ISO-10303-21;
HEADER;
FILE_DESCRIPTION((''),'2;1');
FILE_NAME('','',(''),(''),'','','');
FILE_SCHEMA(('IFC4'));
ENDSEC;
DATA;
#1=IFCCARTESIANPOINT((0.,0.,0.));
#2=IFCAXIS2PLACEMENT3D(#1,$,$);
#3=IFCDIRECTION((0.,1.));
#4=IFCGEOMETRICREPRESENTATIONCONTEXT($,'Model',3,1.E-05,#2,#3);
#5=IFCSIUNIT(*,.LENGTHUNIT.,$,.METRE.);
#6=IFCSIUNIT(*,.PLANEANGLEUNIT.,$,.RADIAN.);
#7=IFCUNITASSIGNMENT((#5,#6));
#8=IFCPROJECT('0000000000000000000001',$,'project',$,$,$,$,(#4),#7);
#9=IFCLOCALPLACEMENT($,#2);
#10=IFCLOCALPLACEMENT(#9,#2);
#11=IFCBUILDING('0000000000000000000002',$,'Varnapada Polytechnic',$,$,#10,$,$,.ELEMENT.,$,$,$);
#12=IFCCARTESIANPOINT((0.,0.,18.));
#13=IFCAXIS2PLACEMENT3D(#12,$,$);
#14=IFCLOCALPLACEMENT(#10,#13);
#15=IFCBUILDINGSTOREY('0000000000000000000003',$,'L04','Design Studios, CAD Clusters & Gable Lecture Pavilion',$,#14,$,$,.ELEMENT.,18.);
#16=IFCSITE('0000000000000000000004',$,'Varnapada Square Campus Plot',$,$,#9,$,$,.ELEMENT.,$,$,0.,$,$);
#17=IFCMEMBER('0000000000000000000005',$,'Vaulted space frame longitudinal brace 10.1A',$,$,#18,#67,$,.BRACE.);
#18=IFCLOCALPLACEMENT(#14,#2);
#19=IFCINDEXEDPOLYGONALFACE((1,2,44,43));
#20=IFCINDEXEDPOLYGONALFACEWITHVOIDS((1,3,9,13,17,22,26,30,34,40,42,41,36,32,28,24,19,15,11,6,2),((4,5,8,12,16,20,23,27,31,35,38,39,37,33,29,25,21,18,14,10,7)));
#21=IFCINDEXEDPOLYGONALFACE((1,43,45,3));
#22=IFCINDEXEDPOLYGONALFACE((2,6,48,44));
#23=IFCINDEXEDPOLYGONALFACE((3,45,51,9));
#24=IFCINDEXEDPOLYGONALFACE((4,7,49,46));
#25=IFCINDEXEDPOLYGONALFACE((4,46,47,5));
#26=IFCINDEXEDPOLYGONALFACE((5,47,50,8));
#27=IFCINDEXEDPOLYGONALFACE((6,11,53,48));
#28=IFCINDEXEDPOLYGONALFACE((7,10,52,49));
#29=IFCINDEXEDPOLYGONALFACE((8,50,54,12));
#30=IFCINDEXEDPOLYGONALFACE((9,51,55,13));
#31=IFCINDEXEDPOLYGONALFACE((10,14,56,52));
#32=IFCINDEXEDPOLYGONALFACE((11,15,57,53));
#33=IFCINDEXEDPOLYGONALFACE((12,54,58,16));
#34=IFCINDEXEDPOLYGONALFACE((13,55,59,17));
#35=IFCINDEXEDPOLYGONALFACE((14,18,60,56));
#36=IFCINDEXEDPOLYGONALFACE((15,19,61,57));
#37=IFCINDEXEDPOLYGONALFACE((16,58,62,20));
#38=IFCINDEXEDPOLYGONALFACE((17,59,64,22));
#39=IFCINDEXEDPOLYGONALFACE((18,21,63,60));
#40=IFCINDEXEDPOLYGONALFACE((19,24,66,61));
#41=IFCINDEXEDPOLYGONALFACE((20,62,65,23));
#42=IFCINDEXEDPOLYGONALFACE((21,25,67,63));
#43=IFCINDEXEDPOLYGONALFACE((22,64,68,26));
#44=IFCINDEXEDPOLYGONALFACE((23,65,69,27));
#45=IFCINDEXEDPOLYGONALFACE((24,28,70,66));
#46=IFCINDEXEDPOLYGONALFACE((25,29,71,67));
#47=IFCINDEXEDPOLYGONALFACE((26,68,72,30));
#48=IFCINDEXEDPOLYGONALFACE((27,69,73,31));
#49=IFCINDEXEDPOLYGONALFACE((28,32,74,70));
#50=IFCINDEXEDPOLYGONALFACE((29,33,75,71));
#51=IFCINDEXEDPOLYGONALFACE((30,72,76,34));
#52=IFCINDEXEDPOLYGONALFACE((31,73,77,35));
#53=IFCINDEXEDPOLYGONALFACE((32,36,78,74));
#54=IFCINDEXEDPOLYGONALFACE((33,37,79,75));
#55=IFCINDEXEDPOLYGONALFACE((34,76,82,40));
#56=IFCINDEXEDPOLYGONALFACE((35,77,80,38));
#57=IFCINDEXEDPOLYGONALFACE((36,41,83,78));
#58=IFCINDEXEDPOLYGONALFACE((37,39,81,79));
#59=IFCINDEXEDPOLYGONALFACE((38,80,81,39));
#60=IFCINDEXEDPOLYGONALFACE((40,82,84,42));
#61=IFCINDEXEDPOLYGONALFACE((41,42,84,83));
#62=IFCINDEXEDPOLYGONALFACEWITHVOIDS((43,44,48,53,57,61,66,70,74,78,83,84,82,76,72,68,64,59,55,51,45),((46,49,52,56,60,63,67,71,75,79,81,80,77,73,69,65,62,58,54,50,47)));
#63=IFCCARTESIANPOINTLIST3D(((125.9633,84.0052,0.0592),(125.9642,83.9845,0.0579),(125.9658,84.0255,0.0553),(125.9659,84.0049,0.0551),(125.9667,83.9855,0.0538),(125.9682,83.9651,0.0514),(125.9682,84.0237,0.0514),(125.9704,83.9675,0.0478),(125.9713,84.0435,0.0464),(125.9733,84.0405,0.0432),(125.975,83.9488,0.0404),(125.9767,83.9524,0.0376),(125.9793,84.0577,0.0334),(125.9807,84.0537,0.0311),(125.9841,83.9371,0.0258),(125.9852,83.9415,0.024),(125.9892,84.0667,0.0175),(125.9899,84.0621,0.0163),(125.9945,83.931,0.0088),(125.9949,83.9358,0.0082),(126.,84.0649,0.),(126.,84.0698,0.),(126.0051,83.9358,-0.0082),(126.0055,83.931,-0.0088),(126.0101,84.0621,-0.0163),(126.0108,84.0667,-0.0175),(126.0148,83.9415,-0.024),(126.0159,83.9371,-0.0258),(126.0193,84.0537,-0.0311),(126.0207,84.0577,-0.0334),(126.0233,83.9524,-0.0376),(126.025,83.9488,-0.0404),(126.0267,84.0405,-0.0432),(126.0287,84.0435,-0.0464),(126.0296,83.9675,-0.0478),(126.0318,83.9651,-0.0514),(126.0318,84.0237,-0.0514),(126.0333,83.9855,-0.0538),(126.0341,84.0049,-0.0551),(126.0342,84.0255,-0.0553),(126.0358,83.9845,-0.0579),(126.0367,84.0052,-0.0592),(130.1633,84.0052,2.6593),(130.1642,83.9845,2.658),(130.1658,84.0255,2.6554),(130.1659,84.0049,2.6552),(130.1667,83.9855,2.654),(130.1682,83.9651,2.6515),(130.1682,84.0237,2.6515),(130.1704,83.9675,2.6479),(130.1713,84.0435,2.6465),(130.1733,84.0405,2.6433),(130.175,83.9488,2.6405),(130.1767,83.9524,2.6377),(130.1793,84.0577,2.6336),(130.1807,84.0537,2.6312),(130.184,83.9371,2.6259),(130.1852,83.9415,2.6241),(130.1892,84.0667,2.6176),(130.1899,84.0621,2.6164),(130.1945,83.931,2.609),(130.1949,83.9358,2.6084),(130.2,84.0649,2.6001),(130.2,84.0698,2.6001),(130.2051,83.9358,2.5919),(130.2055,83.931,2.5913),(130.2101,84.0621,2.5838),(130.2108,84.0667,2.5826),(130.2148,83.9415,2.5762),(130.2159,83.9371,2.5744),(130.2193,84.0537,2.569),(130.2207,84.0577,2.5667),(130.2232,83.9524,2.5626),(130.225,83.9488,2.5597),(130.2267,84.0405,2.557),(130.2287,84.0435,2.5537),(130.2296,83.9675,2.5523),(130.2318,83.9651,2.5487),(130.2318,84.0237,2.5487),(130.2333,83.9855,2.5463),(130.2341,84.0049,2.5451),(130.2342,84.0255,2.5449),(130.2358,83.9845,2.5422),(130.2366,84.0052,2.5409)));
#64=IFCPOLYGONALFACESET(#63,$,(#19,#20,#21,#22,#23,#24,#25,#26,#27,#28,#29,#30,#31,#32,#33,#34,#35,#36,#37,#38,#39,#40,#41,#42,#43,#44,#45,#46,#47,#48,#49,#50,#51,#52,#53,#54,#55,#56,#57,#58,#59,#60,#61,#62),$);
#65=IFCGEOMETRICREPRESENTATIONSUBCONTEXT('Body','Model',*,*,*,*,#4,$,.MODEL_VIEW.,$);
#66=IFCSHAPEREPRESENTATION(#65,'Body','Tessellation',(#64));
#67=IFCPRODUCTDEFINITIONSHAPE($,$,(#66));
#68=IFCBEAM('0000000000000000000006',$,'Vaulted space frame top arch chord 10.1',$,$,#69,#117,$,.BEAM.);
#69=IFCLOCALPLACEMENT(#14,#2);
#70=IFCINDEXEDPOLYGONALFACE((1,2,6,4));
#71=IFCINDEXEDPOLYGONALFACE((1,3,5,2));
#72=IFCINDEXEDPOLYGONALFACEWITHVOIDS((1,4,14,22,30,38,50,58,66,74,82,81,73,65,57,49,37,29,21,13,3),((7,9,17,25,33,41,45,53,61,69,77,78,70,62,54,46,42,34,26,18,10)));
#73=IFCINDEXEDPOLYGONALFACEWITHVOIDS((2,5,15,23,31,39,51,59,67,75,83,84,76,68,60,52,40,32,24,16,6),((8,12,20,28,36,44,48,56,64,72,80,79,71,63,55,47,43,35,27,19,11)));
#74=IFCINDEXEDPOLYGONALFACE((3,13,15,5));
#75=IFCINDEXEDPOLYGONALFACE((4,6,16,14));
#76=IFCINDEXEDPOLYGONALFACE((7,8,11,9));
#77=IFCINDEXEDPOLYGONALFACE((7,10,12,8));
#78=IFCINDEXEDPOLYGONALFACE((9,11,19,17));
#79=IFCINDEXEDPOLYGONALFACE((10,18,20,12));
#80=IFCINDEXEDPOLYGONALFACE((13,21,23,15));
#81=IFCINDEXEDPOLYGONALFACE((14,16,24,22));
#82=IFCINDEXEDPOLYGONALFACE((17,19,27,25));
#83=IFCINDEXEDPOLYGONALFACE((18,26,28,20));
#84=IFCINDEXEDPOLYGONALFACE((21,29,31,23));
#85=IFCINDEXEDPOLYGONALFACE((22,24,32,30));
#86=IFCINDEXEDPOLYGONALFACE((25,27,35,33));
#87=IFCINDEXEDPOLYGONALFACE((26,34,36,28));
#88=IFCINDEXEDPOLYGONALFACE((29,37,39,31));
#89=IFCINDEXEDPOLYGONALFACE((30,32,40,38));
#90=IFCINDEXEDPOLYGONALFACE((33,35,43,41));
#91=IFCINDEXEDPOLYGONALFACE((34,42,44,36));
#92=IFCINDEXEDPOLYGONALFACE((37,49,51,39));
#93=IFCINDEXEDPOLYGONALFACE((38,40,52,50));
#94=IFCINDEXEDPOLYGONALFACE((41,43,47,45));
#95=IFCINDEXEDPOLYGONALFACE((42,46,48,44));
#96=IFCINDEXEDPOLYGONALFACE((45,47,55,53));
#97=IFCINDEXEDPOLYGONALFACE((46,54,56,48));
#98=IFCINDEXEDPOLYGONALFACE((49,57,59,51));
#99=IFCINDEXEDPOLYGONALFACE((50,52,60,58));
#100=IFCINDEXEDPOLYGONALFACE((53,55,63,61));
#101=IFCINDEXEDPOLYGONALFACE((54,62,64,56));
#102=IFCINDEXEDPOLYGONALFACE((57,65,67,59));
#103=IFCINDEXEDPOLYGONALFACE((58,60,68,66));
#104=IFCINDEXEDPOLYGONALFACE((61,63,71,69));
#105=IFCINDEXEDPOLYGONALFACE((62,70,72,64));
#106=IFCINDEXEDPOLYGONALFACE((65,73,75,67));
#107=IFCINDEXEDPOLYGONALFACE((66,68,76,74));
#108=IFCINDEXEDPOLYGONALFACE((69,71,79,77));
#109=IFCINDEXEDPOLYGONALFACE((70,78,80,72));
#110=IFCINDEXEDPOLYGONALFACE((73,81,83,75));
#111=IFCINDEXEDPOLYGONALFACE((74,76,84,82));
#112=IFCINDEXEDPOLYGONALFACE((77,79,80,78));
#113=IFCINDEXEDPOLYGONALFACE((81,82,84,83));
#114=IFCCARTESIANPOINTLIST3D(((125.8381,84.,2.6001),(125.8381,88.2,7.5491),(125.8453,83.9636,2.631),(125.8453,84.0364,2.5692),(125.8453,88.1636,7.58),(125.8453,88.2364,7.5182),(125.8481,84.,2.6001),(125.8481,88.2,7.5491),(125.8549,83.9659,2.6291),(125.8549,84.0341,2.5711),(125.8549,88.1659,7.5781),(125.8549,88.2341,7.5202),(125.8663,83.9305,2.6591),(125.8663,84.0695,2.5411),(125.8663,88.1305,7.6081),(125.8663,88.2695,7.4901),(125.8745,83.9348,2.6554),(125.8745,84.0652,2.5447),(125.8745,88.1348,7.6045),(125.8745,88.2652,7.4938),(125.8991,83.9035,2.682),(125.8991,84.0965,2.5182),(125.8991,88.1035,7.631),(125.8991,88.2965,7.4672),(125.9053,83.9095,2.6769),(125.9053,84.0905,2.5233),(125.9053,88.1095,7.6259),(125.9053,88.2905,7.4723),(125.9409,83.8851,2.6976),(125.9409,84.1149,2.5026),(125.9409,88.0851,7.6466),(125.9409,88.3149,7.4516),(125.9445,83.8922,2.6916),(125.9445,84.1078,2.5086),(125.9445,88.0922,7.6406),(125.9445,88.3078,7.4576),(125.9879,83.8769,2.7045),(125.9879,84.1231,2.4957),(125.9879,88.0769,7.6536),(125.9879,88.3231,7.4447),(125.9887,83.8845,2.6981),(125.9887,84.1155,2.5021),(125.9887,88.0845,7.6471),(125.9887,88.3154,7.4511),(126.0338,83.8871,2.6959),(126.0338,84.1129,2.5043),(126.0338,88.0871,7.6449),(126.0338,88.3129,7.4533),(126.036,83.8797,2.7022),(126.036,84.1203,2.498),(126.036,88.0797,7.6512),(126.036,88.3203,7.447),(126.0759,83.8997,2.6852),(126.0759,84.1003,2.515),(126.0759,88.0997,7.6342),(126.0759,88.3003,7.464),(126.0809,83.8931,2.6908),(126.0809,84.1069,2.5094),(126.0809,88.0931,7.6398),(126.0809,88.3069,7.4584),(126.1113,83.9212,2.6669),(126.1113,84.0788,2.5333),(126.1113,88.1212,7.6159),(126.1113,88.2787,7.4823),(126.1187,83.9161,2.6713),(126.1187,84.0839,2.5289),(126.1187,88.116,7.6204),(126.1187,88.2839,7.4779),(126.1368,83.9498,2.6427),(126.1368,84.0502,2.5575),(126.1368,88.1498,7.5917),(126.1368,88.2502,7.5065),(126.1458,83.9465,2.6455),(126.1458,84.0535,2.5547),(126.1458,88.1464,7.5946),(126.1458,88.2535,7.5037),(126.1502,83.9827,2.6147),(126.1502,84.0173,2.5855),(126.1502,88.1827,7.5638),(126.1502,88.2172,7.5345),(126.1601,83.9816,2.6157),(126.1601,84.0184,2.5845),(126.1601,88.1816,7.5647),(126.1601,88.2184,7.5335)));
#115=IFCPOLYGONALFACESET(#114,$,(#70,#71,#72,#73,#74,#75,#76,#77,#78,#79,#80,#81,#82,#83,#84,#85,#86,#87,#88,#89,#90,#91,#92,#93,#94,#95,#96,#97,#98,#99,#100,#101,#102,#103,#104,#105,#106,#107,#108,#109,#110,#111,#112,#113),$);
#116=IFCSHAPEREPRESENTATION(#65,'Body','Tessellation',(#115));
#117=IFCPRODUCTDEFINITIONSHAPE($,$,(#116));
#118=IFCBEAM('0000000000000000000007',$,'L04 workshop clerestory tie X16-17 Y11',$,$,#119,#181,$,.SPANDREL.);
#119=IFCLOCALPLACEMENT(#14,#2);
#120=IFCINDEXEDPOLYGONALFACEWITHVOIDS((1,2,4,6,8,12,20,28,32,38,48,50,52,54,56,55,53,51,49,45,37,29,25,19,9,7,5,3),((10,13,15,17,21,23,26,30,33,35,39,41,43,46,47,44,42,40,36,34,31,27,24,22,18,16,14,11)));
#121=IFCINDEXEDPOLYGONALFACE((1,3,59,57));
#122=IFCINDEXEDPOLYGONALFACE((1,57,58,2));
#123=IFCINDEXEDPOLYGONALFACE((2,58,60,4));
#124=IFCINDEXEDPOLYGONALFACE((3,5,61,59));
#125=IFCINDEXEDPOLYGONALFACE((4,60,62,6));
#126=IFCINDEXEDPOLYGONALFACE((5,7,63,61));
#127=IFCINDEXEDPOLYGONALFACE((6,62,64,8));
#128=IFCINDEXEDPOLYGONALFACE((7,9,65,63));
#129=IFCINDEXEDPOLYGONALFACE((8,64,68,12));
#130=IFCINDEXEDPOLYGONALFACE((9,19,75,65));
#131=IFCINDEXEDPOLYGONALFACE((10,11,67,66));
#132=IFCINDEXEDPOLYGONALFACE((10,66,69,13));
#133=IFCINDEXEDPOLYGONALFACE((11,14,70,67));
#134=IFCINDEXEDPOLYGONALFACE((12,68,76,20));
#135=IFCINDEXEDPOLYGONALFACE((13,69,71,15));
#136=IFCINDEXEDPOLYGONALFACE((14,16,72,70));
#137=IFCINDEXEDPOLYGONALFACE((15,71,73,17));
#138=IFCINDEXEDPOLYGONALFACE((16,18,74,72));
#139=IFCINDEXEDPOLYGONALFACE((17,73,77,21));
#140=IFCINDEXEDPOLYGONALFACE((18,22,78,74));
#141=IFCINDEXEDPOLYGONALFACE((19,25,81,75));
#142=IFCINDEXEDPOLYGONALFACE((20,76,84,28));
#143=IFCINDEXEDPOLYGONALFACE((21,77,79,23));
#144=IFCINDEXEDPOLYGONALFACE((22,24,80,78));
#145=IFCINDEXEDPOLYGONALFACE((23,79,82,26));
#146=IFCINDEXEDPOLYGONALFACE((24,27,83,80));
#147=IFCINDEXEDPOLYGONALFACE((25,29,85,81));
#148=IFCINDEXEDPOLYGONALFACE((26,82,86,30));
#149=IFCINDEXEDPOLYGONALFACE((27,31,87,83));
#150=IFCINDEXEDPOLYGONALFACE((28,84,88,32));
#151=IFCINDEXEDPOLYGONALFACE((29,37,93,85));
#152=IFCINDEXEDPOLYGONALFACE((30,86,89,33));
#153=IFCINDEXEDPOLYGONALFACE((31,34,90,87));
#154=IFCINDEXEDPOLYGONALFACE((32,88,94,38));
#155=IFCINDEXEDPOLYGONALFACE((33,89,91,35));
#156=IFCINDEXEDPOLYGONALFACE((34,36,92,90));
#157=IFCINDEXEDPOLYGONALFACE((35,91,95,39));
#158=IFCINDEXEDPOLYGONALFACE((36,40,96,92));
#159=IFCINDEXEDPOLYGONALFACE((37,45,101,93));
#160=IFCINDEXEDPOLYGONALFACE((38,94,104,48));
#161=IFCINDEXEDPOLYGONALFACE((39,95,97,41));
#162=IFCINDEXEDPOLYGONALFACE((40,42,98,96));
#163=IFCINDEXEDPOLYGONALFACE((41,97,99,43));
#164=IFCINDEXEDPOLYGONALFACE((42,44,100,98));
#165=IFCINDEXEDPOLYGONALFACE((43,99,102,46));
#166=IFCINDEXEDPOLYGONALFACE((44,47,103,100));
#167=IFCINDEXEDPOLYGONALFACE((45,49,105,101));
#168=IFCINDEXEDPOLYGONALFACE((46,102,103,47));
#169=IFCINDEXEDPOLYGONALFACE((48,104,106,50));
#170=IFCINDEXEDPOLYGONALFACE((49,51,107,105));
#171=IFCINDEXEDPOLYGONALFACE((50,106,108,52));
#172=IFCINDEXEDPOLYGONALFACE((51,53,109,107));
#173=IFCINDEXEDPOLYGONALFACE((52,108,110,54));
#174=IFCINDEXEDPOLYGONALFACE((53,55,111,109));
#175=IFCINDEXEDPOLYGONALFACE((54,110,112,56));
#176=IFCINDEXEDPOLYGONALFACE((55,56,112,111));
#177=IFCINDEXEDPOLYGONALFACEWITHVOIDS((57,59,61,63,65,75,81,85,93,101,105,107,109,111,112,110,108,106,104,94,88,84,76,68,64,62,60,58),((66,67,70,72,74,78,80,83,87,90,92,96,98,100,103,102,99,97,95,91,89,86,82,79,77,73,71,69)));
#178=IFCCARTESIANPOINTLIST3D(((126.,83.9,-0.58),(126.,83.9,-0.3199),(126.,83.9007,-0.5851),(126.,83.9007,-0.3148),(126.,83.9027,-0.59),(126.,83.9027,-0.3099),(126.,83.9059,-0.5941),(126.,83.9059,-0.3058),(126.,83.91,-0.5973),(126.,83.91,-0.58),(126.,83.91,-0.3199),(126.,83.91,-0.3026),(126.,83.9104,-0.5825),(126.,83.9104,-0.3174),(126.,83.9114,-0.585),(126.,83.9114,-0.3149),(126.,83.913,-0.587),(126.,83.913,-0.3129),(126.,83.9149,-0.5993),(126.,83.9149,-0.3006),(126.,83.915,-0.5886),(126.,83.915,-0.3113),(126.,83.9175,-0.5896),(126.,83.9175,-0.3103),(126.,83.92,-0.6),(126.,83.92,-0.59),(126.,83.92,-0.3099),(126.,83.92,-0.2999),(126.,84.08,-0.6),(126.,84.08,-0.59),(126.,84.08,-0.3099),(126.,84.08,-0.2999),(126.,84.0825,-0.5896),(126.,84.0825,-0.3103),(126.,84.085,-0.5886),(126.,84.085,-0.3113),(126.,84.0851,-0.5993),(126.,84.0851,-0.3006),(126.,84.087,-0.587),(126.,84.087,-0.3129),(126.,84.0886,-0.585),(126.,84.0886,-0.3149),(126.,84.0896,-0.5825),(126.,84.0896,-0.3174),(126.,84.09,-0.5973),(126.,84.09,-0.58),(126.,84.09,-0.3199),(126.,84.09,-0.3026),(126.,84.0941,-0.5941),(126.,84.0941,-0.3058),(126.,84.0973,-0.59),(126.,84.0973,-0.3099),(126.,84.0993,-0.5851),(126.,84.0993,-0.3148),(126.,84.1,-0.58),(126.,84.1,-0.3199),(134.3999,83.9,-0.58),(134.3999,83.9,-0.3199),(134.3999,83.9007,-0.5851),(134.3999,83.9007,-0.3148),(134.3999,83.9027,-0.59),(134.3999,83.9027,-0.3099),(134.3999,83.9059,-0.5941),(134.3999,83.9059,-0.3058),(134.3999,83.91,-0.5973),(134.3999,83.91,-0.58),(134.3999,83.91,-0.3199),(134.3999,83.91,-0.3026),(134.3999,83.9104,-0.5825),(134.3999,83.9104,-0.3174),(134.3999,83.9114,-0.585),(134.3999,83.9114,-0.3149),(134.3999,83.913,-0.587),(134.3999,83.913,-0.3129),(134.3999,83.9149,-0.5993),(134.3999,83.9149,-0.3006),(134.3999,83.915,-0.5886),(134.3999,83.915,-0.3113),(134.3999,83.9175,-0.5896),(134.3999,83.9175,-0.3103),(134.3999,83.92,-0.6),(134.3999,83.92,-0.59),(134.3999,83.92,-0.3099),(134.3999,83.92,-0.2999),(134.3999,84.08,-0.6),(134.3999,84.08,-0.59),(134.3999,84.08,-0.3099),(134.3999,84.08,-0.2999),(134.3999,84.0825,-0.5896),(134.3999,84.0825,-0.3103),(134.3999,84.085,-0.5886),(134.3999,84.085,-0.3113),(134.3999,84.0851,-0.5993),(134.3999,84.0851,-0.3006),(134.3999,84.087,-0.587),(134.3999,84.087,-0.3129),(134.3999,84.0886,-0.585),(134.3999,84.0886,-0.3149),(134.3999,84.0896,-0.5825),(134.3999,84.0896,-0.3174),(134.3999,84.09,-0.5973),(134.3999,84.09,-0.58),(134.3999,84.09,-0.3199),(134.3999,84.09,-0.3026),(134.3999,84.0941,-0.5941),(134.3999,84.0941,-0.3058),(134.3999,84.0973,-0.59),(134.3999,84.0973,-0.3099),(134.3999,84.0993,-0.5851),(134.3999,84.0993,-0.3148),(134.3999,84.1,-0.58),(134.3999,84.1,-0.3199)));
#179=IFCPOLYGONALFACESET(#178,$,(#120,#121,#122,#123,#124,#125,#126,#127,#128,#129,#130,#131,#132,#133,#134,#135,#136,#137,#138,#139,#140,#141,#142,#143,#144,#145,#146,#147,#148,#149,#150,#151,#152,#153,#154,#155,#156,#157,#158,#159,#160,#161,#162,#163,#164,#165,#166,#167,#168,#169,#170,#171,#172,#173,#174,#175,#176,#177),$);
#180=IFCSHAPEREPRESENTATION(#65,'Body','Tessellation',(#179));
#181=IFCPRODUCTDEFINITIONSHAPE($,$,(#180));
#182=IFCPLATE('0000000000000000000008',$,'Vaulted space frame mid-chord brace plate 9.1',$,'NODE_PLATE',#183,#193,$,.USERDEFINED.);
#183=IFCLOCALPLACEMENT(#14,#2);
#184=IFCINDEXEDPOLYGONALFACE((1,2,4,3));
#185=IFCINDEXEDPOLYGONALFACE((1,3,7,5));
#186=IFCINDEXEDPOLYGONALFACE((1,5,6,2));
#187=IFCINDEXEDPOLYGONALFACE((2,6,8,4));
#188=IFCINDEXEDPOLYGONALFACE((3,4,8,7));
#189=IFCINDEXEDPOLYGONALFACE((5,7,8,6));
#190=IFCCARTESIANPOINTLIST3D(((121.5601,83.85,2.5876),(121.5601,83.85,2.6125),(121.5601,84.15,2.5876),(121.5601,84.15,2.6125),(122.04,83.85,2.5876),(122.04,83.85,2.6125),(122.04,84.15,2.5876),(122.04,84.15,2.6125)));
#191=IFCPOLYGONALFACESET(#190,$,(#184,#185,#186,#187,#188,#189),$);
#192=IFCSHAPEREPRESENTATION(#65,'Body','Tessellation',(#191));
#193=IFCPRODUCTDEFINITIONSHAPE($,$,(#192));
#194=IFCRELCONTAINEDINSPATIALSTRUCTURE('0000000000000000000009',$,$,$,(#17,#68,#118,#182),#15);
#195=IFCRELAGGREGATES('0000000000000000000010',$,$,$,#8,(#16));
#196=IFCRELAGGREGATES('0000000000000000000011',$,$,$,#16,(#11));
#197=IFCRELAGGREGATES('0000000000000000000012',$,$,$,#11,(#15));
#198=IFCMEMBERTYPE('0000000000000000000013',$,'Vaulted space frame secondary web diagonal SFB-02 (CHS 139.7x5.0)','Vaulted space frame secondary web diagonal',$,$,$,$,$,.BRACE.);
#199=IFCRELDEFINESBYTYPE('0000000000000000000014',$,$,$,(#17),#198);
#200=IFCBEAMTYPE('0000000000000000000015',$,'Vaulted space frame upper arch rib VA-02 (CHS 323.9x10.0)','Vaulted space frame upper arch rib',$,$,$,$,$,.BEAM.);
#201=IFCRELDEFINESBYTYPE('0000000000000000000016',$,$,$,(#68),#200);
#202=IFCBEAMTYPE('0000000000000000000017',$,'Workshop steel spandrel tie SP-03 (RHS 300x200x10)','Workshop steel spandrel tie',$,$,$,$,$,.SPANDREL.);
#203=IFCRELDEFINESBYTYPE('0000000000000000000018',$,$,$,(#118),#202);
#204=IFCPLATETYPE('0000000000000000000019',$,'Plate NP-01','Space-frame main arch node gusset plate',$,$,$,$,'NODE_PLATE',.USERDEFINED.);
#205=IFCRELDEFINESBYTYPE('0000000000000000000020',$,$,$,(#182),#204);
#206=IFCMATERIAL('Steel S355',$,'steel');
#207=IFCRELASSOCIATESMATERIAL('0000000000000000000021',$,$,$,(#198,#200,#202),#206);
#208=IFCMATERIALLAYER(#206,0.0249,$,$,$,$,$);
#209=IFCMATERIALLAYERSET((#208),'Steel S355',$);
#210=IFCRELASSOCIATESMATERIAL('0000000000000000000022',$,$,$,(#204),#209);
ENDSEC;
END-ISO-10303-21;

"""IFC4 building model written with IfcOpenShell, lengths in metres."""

from ifc_helpers import new_model, si_unit, direction, frame, origin, origin_2d, place, context, subcontext, project, spatial, rectangle, hollow_rectangle, hollow_circle, extrude, material, layer, layer_set, material_profile, profile_set, type_object, element, save


model = new_model("IFC4")

# Units and contexts
model_context = context("Model", 3, precision=1e-05, world=origin(), true_north=direction((0.0, 1.0)))
body_context = subcontext(model_context, "Body", "Model", "MODEL_VIEW")
ifc_project = project(units=[si_unit("LENGTHUNIT", "METRE"), si_unit("PLANEANGLEUNIT", "RADIAN")], contexts=[model_context])

# Site, building, storey
site_placement = place(None, origin())
site = spatial("IfcSite", under=ifc_project, at=site_placement, Name="Varnapada Square Campus Plot", CompositionType="ELEMENT", RefElevation=0.0)
building_placement = place(site_placement, origin())
building = spatial("IfcBuilding", under=site, at=building_placement, Name="Varnapada Polytechnic", CompositionType="ELEMENT")
storey_placement = place(building_placement, frame((0.0, 0.0, 18.0)))
storey = spatial("IfcBuildingStorey", under=building, at=storey_placement, Name="L04", Description="Design Studios, CAD Clusters & Gable Lecture Pavilion", CompositionType="ELEMENT", Elevation=18.0)

# Shared definitions
ifc_material = material(Name="Steel S355", Category="steel")

# Member
ifc_material_profile_1 = material_profile(ifc_material, hollow_circle(Radius=0.0698, WallThickness=0.0049, at=origin_2d()), Name="CHS 139.7x5.0")
ifc_profile_set_1 = profile_set([ifc_material_profile_1], Name="Steel S355")
member_type_1 = type_object("IfcMemberType", Name="Vaulted space frame secondary web diagonal SFB-02 (CHS 139.7x5.0)", Description="Vaulted space frame secondary web diagonal", PredefinedType="BRACE", material=ifc_profile_set_1)
for number, where, z_axis, x_axis, name in (
    (1, (126.0, 84.0, 0.0), (0.850254, 0.0, 0.526373), (0.0, 1.0, 0.0), "Vaulted space frame longitudinal brace 10.1A"),
):
    element("IfcMember", number, at=place(storey_placement, frame(where, z_axis=z_axis, x_axis=x_axis)), inside=storey, type_object=member_type_1, Name=name, PredefinedType="BRACE", context=body_context, shape_type="SweptSolid", body=[
        extrude(hollow_circle(Radius=0.0698, WallThickness=0.0049, at=origin_2d()), origin(), (0.0, 0.0, 1.0), 4.9397),
    ])

# Beams
ifc_material_profile_2 = material_profile(ifc_material, hollow_circle(Radius=0.1619, WallThickness=0.01, at=origin_2d()), Name="CHS 323.9x10.0")
ifc_profile_set_2 = profile_set([ifc_material_profile_2], Name="Steel S355")
beam_type_1 = type_object("IfcBeamType", Name="Vaulted space frame upper arch rib VA-02 (CHS 323.9x10.0)", Description="Vaulted space frame upper arch rib", PredefinedType="BEAM", material=ifc_profile_set_2)
beam_1_placement = place(storey_placement, frame((126.0, 84.0, 2.6001), z_axis=(0.0, 0.647051, 0.762447), x_axis=(-1.0, 0.0, 0.0)))
element("IfcBeam", 2, at=beam_1_placement, inside=storey, type_object=beam_type_1, Name="Vaulted space frame top arch chord 10.1", PredefinedType="BEAM", context=body_context, shape_type="SweptSolid", body=[
    extrude(hollow_circle(Radius=0.1619, WallThickness=0.01, at=origin_2d()), origin(), (0.0, 0.0, 1.0), 6.491),
])
ifc_material_profile_3 = material_profile(ifc_material, hollow_rectangle(XDim=0.2, YDim=0.3, WallThickness=0.01, InnerFilletRadius=0.01, OuterFilletRadius=0.02, at=origin_2d()), Name="RHS 300x200x10")
ifc_profile_set_3 = profile_set([ifc_material_profile_3], Name="Steel S355")
beam_type_2 = type_object("IfcBeamType", Name="Workshop steel spandrel tie SP-03 (RHS 300x200x10)", Description="Workshop steel spandrel tie", PredefinedType="SPANDREL", material=ifc_profile_set_3)
beam_2_placement = place(storey_placement, frame((126.0, 84.0, -0.45), z_axis=(1.0, 0.0, 0.0), x_axis=(0.0, 1.0, 0.0)))
element("IfcBeam", 3, at=beam_2_placement, inside=storey, type_object=beam_type_2, Name="L04 workshop clerestory tie X16-17 Y11", PredefinedType="SPANDREL", context=body_context, shape_type="SweptSolid", body=[
    extrude(hollow_rectangle(XDim=0.2, YDim=0.3, WallThickness=0.01, InnerFilletRadius=0.01, OuterFilletRadius=0.02, at=origin_2d()), origin(), (0.0, 0.0, 1.0), 8.3999),
])

# Plate
ifc_layer_1 = layer(ifc_material, 0.0249)
ifc_layer_set_1 = layer_set([ifc_layer_1], Name="Steel S355")
plate_type_1 = type_object("IfcPlateType", Name="Plate NP-01", Description="Space-frame main arch node gusset plate", ElementType="NODE_PLATE", PredefinedType="USERDEFINED", material=ifc_layer_set_1)
plate_placement = place(storey_placement, frame((121.8, 84.0, 2.5876), z_axis=(0.0, 0.0, 1.0), x_axis=(1.0, 0.0, 0.0)))
element("IfcPlate", 4, at=plate_placement, inside=storey, type_object=plate_type_1, Name="Vaulted space frame mid-chord brace plate 9.1", ObjectType="NODE_PLATE", PredefinedType="USERDEFINED", context=body_context, shape_type="SweptSolid", body=[
    extrude(rectangle(XDim=0.48, YDim=0.3, at=origin_2d()), origin(), (0.0, 0.0, 1.0), 0.0249),
])

save(model, "model.ifc")
